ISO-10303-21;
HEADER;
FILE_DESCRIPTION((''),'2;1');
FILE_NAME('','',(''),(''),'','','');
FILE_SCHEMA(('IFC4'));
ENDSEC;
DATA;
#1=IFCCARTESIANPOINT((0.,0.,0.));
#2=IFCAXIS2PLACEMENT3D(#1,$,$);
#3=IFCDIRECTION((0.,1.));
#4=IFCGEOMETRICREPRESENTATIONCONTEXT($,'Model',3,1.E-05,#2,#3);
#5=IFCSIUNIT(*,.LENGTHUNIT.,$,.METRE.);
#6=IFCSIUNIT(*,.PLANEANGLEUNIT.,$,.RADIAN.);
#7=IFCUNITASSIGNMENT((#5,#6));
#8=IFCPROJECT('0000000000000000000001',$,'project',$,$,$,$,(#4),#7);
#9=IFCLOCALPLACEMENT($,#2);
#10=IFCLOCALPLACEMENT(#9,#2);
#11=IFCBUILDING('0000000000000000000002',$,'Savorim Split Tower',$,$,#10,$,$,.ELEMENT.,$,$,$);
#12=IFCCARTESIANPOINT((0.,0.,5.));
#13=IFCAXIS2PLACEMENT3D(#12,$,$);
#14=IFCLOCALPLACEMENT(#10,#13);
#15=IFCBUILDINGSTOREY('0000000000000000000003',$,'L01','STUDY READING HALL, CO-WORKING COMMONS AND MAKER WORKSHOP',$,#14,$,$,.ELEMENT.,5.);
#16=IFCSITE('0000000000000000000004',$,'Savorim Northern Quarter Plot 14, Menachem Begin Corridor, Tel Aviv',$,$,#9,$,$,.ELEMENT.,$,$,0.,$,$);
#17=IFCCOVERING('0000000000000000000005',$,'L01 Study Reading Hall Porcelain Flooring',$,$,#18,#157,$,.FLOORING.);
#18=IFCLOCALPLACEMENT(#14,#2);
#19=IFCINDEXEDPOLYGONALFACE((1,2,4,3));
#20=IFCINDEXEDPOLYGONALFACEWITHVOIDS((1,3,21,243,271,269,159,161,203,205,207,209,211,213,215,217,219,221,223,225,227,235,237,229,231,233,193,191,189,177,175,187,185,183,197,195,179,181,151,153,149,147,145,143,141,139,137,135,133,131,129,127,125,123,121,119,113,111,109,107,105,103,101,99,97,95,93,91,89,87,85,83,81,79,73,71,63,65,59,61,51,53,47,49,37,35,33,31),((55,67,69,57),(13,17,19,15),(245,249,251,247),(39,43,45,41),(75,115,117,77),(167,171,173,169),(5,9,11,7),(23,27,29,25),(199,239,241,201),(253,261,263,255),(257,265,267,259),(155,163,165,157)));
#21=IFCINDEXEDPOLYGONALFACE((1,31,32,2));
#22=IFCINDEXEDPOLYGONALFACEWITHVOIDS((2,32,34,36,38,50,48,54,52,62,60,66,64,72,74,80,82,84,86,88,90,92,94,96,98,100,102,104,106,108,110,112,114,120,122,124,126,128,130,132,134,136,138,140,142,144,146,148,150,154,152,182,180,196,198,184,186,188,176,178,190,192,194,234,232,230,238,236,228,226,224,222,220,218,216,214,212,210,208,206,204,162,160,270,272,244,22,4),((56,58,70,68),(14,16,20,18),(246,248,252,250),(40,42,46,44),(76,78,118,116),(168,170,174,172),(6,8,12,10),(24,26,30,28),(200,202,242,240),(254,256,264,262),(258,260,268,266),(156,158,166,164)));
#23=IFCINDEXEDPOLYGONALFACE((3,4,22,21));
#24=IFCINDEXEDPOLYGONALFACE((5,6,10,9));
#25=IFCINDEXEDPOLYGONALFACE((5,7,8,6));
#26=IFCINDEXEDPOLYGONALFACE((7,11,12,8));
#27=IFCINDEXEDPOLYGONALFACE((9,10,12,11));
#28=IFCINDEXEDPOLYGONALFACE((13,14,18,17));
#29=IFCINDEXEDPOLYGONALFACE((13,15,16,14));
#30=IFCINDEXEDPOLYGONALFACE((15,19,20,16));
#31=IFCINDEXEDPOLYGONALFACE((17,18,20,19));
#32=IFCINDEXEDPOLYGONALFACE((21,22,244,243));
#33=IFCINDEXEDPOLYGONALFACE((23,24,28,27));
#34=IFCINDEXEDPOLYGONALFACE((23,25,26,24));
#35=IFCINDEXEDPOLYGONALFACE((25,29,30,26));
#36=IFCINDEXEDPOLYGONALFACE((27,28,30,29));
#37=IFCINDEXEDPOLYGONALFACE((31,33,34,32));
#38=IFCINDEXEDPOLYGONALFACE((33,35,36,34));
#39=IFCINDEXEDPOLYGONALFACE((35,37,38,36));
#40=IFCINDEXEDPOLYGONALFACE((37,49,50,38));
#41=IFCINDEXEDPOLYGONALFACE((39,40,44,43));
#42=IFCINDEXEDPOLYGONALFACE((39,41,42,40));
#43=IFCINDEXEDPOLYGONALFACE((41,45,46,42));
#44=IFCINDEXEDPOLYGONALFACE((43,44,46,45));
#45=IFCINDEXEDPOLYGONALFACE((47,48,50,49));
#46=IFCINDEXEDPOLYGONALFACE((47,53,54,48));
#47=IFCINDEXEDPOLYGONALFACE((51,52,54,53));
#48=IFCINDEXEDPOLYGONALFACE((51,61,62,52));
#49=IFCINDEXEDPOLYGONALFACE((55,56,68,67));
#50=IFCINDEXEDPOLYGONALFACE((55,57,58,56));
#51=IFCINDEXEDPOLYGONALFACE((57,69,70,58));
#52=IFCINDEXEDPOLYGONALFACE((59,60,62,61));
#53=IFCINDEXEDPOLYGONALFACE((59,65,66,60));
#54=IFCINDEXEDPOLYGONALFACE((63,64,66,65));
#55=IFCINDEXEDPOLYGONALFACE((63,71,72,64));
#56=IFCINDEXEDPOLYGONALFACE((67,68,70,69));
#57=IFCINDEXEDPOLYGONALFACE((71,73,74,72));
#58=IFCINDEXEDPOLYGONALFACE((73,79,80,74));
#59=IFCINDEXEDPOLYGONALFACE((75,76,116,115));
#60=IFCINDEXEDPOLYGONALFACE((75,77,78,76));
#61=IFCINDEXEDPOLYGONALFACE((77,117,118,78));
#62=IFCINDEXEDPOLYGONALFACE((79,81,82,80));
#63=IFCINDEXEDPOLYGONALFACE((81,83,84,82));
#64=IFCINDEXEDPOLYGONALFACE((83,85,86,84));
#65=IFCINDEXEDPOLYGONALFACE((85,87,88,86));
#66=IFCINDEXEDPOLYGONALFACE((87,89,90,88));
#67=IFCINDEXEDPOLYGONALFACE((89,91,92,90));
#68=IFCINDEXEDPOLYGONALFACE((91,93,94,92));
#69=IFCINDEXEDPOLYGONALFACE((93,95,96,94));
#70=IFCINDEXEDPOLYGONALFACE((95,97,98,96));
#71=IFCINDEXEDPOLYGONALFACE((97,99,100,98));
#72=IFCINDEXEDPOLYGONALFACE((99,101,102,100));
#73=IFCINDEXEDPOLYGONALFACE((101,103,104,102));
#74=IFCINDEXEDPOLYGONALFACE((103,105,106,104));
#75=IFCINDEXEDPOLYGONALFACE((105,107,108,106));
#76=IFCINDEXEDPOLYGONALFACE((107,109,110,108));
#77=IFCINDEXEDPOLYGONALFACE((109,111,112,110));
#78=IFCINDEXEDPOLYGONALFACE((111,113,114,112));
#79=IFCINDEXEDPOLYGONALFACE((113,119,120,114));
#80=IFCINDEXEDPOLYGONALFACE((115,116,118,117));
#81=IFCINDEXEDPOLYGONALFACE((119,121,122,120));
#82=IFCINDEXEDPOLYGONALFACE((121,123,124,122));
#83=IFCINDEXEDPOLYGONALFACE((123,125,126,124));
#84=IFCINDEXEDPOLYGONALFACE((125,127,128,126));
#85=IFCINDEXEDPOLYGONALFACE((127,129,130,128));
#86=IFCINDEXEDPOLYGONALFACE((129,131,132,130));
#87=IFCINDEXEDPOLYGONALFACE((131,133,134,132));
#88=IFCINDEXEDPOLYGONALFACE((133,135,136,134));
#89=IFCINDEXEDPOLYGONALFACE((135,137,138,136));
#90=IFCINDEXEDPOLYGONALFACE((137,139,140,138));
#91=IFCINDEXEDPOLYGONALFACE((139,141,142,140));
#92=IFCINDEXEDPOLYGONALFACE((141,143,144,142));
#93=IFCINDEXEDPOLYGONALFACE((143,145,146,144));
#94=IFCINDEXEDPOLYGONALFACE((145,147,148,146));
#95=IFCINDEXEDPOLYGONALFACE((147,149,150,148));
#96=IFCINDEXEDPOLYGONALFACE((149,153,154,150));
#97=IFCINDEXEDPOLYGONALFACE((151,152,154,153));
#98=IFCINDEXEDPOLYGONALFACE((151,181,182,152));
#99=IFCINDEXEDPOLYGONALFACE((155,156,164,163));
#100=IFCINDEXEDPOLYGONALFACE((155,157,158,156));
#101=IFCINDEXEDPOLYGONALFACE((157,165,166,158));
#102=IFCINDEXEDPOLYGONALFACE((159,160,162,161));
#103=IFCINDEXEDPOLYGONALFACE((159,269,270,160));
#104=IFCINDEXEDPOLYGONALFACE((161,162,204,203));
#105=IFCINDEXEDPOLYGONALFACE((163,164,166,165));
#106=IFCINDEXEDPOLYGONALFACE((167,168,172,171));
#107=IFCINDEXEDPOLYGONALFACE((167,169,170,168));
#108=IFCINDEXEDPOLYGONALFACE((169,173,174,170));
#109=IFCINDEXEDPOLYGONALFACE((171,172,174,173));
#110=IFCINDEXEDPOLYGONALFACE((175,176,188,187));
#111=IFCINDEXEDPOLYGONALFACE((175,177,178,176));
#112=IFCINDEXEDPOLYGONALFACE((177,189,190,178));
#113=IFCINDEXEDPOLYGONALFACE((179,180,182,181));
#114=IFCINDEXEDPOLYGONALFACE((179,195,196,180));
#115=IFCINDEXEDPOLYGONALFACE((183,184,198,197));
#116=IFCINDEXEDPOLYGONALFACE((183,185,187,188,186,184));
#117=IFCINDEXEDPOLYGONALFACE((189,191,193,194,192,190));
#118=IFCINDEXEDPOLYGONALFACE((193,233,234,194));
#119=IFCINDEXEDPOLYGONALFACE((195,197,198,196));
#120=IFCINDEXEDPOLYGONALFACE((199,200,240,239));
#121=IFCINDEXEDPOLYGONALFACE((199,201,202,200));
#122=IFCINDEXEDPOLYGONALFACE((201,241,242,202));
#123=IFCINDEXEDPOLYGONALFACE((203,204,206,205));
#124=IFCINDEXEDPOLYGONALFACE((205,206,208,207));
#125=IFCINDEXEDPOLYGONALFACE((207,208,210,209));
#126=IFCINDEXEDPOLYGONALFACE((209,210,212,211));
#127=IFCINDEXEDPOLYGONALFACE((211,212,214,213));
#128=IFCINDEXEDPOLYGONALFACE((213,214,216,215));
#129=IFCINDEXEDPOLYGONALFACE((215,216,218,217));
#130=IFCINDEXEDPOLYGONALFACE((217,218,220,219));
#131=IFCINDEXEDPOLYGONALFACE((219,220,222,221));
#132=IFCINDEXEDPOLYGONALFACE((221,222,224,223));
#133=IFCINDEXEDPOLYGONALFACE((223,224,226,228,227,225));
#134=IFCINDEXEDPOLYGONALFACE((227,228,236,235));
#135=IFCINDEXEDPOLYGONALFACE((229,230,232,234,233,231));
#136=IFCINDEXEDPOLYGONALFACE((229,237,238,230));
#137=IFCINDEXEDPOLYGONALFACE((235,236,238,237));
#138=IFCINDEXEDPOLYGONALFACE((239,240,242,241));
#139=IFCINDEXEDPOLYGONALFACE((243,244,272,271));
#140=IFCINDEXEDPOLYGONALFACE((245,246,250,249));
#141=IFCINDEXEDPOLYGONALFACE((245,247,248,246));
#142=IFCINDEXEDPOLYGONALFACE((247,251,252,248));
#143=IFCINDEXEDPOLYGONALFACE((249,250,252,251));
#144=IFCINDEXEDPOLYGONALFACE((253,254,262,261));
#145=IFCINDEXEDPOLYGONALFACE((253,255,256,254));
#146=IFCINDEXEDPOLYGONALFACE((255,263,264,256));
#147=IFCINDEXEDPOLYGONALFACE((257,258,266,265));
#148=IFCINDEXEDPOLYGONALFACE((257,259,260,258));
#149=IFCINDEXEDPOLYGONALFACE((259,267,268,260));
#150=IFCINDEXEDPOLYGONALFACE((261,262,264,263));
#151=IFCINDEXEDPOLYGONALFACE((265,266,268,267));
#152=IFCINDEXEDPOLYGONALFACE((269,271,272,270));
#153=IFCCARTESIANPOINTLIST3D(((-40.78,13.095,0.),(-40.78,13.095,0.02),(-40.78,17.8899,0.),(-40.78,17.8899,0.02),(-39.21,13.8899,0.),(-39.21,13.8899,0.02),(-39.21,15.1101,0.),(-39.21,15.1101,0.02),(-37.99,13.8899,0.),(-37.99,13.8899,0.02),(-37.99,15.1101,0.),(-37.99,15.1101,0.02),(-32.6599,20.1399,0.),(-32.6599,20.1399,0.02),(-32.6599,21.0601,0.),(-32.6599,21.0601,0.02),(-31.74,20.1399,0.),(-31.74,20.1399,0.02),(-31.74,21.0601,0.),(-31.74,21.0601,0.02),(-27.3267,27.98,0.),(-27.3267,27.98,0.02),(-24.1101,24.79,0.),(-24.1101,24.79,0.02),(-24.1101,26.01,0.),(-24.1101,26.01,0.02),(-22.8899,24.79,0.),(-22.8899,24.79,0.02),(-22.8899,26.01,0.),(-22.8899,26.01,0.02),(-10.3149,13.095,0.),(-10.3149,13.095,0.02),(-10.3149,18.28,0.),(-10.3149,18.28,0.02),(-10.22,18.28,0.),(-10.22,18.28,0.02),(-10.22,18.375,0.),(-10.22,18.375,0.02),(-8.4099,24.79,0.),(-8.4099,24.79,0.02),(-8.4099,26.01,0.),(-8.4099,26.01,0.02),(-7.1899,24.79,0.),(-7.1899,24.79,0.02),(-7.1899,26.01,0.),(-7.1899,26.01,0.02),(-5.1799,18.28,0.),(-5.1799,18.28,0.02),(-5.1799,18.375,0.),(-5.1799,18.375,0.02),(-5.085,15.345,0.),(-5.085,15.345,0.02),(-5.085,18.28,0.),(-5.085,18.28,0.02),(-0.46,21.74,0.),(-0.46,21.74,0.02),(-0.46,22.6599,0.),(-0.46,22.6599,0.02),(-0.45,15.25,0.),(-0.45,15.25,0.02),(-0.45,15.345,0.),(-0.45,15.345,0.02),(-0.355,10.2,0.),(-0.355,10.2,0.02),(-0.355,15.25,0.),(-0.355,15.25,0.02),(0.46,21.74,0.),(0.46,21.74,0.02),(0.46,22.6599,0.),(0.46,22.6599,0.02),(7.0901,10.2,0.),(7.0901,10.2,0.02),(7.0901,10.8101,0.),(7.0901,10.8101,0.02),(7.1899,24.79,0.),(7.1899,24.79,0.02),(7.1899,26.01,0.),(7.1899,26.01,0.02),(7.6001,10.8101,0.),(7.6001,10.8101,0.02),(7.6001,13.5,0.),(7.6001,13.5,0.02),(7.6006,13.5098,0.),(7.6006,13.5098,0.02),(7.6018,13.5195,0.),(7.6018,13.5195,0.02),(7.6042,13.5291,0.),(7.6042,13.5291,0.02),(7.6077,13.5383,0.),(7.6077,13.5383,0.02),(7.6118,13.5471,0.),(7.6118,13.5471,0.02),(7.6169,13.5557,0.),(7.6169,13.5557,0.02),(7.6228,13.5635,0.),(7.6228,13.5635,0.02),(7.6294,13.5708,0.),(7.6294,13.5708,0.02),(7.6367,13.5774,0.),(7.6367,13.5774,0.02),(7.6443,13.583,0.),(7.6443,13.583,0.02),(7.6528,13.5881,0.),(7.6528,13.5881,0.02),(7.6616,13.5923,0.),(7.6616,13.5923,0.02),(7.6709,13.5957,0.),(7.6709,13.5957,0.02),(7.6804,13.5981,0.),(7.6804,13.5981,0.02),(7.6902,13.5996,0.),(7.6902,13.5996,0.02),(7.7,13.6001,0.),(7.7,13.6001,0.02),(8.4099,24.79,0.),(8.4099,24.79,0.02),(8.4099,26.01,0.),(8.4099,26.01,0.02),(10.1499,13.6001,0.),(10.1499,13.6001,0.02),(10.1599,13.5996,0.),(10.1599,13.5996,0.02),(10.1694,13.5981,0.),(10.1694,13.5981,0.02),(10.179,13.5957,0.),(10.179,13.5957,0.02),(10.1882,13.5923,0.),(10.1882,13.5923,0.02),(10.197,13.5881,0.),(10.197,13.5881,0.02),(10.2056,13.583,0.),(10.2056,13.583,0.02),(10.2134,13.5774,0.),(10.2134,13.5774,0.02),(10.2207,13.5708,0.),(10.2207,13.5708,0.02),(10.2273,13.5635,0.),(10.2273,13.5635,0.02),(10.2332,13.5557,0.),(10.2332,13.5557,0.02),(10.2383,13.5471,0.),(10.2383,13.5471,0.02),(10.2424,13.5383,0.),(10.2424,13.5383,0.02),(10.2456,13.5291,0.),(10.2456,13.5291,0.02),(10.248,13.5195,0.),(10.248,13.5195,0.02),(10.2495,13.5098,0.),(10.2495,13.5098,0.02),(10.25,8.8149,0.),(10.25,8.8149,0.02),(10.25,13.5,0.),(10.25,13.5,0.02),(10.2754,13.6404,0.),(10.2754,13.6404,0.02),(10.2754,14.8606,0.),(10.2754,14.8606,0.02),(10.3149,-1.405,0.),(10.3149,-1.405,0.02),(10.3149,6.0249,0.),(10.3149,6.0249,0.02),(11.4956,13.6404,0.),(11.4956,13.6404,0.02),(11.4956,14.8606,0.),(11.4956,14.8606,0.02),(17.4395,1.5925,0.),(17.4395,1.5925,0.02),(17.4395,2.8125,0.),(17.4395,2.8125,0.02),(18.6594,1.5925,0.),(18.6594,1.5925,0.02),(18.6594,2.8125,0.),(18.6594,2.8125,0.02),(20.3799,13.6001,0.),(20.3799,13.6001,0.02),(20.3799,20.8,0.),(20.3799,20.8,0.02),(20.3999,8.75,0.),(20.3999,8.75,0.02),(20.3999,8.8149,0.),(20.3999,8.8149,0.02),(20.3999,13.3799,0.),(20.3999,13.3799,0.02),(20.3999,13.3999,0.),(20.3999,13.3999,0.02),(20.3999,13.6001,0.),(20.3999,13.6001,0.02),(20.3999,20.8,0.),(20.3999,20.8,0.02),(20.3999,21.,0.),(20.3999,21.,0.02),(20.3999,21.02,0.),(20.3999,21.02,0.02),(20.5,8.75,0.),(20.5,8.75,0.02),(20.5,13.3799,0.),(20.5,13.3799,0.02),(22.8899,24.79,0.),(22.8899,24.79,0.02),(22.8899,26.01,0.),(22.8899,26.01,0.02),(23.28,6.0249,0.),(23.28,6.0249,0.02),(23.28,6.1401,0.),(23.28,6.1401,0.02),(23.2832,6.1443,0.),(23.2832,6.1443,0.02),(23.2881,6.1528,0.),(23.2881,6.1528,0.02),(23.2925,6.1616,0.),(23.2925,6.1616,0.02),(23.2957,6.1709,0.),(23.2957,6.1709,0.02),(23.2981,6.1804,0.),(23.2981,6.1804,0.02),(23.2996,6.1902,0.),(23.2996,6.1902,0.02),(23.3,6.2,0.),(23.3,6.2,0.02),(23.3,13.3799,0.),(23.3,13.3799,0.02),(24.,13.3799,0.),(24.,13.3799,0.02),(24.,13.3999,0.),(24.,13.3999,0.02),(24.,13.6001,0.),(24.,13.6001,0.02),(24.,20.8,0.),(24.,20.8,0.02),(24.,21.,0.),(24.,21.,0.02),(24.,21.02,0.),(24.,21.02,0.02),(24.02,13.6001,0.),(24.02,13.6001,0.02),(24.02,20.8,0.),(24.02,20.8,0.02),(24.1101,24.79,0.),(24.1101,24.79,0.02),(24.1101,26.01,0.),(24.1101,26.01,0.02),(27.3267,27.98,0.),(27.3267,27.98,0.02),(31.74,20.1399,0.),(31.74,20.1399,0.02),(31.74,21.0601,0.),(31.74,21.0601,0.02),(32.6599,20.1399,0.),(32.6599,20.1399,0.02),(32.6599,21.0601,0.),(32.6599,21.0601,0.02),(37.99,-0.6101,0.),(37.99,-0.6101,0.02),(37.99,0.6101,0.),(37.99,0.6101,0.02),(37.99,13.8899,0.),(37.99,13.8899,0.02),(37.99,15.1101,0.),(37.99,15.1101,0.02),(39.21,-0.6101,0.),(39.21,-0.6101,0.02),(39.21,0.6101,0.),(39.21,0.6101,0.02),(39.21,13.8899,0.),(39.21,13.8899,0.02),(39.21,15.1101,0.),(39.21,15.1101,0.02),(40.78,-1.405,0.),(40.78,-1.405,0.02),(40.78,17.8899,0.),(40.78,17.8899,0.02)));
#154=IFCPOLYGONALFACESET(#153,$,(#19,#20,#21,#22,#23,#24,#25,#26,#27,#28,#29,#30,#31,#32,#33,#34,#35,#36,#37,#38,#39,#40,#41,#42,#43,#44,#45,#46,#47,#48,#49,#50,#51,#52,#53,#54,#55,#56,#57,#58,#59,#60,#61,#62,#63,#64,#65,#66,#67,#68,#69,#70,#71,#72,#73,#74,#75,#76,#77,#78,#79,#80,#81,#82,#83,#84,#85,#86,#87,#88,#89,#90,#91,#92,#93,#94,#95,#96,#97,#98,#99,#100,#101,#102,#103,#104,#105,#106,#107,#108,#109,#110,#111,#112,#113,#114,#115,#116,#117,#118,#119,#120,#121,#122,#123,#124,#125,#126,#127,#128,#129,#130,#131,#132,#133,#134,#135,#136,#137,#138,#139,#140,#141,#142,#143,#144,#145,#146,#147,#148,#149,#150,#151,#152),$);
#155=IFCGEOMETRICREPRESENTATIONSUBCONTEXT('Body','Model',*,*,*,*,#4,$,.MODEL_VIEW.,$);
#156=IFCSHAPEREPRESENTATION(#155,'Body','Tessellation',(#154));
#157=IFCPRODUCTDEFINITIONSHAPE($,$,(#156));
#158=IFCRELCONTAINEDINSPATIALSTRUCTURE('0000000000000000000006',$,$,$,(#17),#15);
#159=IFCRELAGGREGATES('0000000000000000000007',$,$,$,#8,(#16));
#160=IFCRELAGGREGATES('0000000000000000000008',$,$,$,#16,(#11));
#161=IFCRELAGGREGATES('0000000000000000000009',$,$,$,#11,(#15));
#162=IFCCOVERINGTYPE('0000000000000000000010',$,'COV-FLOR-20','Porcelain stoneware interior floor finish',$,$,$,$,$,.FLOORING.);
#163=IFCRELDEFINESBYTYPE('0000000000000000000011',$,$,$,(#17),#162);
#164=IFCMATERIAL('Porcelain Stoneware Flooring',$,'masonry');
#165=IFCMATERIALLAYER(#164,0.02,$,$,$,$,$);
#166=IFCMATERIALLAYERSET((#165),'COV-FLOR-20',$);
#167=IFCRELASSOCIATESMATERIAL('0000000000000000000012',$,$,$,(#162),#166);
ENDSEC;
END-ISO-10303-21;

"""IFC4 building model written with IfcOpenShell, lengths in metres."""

from ifc_helpers import new_model, si_unit, direction, frame, origin, place, context, subcontext, project, spatial, polyline, outline, extrude, material, layer, layer_set, type_object, element, save


model = new_model("IFC4")

# Units and contexts
model_context = context("Model", 3, precision=1e-05, world=origin(), true_north=direction((0.0, 1.0)))
body_context = subcontext(model_context, "Body", "Model", "MODEL_VIEW")
ifc_project = project(units=[si_unit("LENGTHUNIT", "METRE"), si_unit("PLANEANGLEUNIT", "RADIAN")], contexts=[model_context])

# Site, building, storey
site_placement = place(None, origin())
site = spatial("IfcSite", under=ifc_project, at=site_placement, Name="Savorim Northern Quarter Plot 14, Menachem Begin Corridor, Tel Aviv", CompositionType="ELEMENT", RefElevation=0.0)
building_placement = place(site_placement, origin())
building = spatial("IfcBuilding", under=site, at=building_placement, Name="Savorim Split Tower", CompositionType="ELEMENT")
storey_placement = place(building_placement, frame((0.0, 0.0, 5.0)))
storey = spatial("IfcBuildingStorey", under=building, at=storey_placement, Name="L01", Description="STUDY READING HALL, CO-WORKING COMMONS AND MAKER WORKSHOP", CompositionType="ELEMENT", Elevation=5.0)

# Covering
ifc_material_1 = material(Name="Porcelain Stoneware Flooring", Category="masonry")
ifc_layer_1 = layer(ifc_material_1, 0.02)
ifc_layer_set_1 = layer_set([ifc_layer_1], Name="COV-FLOR-20")
covering_type_1 = type_object("IfcCoveringType", Name="COV-FLOR-20", Description="Porcelain stoneware interior floor finish", PredefinedType="FLOORING", material=ifc_layer_set_1)
covering_1_placement = place(storey_placement, origin())
element("IfcCovering", 1, at=covering_1_placement, inside=storey, type_object=covering_type_1, Name="L01 Study Reading Hall Porcelain Flooring", PredefinedType="FLOORING", context=body_context, shape_type="SweptSolid", body=[
    extrude(outline(polyline([(27.3267, 27.98), (-27.3267, 27.98), (-40.78, 17.8899), (-40.78, 13.095), (-10.3149, 13.095), (-10.3149, 18.28), (-10.22, 18.28), (-10.22, 18.375), (-5.1799, 18.375), (-5.1799, 18.28), (-5.085, 18.28), (-5.085, 15.345), (-0.45, 15.345), (-0.45, 15.25), (-0.355, 15.25), (-0.355, 10.2), (7.0901, 10.2), (7.0901, 10.8101), (7.6001, 10.8101), (7.6001, 13.5), (7.6006, 13.5098), (7.6018, 13.5195), (7.6042, 13.5291), (7.6077, 13.5383), (7.6118, 13.5471), (7.6169, 13.5557), (7.6228, 13.5635), (7.6294, 13.5708), (7.6367, 13.5774), (7.6443, 13.583), (7.6528, 13.5881), (7.6616, 13.5923), (7.6709, 13.5957), (7.6804, 13.5981), (7.6902, 13.5996), (7.7, 13.6001), (10.1499, 13.6001), (10.1599, 13.5996), (10.1694, 13.5981), (10.179, 13.5957), (10.1882, 13.5923), (10.197, 13.5881), (10.2056, 13.583), (10.2134, 13.5774), (10.2207, 13.5708), (10.2273, 13.5635), (10.2332, 13.5557), (10.2383, 13.5471), (10.2424, 13.5383), (10.2456, 13.5291), (10.248, 13.5195), (10.2495, 13.5098), (10.25, 13.5), (10.25, 8.8149), (20.3999, 8.8149), (20.3999, 8.75), (20.5, 8.75), (20.5, 13.3799), (20.3999, 13.3799), (20.3999, 13.3999), (20.3999, 13.6001), (20.3799, 13.6001), (20.3799, 20.8), (20.3999, 20.8), (20.3999, 21.0), (20.3999, 21.02), (24.0, 21.02), (24.0, 21.0), (24.0, 20.8), (24.02, 20.8), (24.02, 13.6001), (24.0, 13.6001), (24.0, 13.3999), (24.0, 13.3799), (23.3, 13.3799), (23.3, 6.2), (23.2996, 6.1902), (23.2981, 6.1804), (23.2957, 6.1709), (23.2925, 6.1616), (23.2881, 6.1528), (23.2832, 6.1443), (23.28, 6.1401), (23.28, 6.0249), (10.3149, 6.0249), (10.3149, -1.405), (40.78, -1.405), (40.78, 17.8899), (27.3267, 27.98)]), holes=[polyline([(37.99, 0.6101), (37.99, -0.6101), (39.21, -0.6101), (39.21, 0.6101), (37.99, 0.6101)]), polyline([(37.99, 13.8899), (39.21, 13.8899), (39.21, 15.1101), (37.99, 15.1101), (37.99, 13.8899)]), polyline([(22.8899, 24.79), (24.1101, 24.79), (24.1101, 26.01), (22.8899, 26.01), (22.8899, 24.79)]), polyline([(7.1899, 24.79), (8.4099, 24.79), (8.4099, 26.01), (7.1899, 26.01), (7.1899, 24.79)]), polyline([(-7.1899, 24.79), (-7.1899, 26.01), (-8.4099, 26.01), (-8.4099, 24.79), (-7.1899, 24.79)]), polyline([(-22.8899, 26.01), (-24.1101, 26.01), (-24.1101, 24.79), (-22.8899, 24.79), (-22.8899, 26.01)]), polyline([(-37.99, 15.1101), (-39.21, 15.1101), (-39.21, 13.8899), (-37.99, 13.8899), (-37.99, 15.1101)]), polyline([(18.6594, 2.8125), (17.4395, 2.8125), (17.4395, 1.5925), (18.6594, 1.5925), (18.6594, 2.8125)]), polyline([(10.2754, 14.8606), (10.2754, 13.6404), (11.4956, 13.6404), (11.4956, 14.8606), (10.2754, 14.8606)]), polyline([(31.74, 20.1399), (32.6599, 20.1399), (32.6599, 21.0601), (31.74, 21.0601), (31.74, 20.1399)]), polyline([(-31.74, 20.1399), (-31.74, 21.0601), (-32.6599, 21.0601), (-32.6599, 20.1399), (-31.74, 20.1399)]), polyline([(-0.46, 22.6599), (-0.46, 21.74), (0.46, 21.74), (0.46, 22.6599), (-0.46, 22.6599)])]), origin(), (0.0, 0.0, 1.0), 0.02),
])

save(model, "model.ifc")
